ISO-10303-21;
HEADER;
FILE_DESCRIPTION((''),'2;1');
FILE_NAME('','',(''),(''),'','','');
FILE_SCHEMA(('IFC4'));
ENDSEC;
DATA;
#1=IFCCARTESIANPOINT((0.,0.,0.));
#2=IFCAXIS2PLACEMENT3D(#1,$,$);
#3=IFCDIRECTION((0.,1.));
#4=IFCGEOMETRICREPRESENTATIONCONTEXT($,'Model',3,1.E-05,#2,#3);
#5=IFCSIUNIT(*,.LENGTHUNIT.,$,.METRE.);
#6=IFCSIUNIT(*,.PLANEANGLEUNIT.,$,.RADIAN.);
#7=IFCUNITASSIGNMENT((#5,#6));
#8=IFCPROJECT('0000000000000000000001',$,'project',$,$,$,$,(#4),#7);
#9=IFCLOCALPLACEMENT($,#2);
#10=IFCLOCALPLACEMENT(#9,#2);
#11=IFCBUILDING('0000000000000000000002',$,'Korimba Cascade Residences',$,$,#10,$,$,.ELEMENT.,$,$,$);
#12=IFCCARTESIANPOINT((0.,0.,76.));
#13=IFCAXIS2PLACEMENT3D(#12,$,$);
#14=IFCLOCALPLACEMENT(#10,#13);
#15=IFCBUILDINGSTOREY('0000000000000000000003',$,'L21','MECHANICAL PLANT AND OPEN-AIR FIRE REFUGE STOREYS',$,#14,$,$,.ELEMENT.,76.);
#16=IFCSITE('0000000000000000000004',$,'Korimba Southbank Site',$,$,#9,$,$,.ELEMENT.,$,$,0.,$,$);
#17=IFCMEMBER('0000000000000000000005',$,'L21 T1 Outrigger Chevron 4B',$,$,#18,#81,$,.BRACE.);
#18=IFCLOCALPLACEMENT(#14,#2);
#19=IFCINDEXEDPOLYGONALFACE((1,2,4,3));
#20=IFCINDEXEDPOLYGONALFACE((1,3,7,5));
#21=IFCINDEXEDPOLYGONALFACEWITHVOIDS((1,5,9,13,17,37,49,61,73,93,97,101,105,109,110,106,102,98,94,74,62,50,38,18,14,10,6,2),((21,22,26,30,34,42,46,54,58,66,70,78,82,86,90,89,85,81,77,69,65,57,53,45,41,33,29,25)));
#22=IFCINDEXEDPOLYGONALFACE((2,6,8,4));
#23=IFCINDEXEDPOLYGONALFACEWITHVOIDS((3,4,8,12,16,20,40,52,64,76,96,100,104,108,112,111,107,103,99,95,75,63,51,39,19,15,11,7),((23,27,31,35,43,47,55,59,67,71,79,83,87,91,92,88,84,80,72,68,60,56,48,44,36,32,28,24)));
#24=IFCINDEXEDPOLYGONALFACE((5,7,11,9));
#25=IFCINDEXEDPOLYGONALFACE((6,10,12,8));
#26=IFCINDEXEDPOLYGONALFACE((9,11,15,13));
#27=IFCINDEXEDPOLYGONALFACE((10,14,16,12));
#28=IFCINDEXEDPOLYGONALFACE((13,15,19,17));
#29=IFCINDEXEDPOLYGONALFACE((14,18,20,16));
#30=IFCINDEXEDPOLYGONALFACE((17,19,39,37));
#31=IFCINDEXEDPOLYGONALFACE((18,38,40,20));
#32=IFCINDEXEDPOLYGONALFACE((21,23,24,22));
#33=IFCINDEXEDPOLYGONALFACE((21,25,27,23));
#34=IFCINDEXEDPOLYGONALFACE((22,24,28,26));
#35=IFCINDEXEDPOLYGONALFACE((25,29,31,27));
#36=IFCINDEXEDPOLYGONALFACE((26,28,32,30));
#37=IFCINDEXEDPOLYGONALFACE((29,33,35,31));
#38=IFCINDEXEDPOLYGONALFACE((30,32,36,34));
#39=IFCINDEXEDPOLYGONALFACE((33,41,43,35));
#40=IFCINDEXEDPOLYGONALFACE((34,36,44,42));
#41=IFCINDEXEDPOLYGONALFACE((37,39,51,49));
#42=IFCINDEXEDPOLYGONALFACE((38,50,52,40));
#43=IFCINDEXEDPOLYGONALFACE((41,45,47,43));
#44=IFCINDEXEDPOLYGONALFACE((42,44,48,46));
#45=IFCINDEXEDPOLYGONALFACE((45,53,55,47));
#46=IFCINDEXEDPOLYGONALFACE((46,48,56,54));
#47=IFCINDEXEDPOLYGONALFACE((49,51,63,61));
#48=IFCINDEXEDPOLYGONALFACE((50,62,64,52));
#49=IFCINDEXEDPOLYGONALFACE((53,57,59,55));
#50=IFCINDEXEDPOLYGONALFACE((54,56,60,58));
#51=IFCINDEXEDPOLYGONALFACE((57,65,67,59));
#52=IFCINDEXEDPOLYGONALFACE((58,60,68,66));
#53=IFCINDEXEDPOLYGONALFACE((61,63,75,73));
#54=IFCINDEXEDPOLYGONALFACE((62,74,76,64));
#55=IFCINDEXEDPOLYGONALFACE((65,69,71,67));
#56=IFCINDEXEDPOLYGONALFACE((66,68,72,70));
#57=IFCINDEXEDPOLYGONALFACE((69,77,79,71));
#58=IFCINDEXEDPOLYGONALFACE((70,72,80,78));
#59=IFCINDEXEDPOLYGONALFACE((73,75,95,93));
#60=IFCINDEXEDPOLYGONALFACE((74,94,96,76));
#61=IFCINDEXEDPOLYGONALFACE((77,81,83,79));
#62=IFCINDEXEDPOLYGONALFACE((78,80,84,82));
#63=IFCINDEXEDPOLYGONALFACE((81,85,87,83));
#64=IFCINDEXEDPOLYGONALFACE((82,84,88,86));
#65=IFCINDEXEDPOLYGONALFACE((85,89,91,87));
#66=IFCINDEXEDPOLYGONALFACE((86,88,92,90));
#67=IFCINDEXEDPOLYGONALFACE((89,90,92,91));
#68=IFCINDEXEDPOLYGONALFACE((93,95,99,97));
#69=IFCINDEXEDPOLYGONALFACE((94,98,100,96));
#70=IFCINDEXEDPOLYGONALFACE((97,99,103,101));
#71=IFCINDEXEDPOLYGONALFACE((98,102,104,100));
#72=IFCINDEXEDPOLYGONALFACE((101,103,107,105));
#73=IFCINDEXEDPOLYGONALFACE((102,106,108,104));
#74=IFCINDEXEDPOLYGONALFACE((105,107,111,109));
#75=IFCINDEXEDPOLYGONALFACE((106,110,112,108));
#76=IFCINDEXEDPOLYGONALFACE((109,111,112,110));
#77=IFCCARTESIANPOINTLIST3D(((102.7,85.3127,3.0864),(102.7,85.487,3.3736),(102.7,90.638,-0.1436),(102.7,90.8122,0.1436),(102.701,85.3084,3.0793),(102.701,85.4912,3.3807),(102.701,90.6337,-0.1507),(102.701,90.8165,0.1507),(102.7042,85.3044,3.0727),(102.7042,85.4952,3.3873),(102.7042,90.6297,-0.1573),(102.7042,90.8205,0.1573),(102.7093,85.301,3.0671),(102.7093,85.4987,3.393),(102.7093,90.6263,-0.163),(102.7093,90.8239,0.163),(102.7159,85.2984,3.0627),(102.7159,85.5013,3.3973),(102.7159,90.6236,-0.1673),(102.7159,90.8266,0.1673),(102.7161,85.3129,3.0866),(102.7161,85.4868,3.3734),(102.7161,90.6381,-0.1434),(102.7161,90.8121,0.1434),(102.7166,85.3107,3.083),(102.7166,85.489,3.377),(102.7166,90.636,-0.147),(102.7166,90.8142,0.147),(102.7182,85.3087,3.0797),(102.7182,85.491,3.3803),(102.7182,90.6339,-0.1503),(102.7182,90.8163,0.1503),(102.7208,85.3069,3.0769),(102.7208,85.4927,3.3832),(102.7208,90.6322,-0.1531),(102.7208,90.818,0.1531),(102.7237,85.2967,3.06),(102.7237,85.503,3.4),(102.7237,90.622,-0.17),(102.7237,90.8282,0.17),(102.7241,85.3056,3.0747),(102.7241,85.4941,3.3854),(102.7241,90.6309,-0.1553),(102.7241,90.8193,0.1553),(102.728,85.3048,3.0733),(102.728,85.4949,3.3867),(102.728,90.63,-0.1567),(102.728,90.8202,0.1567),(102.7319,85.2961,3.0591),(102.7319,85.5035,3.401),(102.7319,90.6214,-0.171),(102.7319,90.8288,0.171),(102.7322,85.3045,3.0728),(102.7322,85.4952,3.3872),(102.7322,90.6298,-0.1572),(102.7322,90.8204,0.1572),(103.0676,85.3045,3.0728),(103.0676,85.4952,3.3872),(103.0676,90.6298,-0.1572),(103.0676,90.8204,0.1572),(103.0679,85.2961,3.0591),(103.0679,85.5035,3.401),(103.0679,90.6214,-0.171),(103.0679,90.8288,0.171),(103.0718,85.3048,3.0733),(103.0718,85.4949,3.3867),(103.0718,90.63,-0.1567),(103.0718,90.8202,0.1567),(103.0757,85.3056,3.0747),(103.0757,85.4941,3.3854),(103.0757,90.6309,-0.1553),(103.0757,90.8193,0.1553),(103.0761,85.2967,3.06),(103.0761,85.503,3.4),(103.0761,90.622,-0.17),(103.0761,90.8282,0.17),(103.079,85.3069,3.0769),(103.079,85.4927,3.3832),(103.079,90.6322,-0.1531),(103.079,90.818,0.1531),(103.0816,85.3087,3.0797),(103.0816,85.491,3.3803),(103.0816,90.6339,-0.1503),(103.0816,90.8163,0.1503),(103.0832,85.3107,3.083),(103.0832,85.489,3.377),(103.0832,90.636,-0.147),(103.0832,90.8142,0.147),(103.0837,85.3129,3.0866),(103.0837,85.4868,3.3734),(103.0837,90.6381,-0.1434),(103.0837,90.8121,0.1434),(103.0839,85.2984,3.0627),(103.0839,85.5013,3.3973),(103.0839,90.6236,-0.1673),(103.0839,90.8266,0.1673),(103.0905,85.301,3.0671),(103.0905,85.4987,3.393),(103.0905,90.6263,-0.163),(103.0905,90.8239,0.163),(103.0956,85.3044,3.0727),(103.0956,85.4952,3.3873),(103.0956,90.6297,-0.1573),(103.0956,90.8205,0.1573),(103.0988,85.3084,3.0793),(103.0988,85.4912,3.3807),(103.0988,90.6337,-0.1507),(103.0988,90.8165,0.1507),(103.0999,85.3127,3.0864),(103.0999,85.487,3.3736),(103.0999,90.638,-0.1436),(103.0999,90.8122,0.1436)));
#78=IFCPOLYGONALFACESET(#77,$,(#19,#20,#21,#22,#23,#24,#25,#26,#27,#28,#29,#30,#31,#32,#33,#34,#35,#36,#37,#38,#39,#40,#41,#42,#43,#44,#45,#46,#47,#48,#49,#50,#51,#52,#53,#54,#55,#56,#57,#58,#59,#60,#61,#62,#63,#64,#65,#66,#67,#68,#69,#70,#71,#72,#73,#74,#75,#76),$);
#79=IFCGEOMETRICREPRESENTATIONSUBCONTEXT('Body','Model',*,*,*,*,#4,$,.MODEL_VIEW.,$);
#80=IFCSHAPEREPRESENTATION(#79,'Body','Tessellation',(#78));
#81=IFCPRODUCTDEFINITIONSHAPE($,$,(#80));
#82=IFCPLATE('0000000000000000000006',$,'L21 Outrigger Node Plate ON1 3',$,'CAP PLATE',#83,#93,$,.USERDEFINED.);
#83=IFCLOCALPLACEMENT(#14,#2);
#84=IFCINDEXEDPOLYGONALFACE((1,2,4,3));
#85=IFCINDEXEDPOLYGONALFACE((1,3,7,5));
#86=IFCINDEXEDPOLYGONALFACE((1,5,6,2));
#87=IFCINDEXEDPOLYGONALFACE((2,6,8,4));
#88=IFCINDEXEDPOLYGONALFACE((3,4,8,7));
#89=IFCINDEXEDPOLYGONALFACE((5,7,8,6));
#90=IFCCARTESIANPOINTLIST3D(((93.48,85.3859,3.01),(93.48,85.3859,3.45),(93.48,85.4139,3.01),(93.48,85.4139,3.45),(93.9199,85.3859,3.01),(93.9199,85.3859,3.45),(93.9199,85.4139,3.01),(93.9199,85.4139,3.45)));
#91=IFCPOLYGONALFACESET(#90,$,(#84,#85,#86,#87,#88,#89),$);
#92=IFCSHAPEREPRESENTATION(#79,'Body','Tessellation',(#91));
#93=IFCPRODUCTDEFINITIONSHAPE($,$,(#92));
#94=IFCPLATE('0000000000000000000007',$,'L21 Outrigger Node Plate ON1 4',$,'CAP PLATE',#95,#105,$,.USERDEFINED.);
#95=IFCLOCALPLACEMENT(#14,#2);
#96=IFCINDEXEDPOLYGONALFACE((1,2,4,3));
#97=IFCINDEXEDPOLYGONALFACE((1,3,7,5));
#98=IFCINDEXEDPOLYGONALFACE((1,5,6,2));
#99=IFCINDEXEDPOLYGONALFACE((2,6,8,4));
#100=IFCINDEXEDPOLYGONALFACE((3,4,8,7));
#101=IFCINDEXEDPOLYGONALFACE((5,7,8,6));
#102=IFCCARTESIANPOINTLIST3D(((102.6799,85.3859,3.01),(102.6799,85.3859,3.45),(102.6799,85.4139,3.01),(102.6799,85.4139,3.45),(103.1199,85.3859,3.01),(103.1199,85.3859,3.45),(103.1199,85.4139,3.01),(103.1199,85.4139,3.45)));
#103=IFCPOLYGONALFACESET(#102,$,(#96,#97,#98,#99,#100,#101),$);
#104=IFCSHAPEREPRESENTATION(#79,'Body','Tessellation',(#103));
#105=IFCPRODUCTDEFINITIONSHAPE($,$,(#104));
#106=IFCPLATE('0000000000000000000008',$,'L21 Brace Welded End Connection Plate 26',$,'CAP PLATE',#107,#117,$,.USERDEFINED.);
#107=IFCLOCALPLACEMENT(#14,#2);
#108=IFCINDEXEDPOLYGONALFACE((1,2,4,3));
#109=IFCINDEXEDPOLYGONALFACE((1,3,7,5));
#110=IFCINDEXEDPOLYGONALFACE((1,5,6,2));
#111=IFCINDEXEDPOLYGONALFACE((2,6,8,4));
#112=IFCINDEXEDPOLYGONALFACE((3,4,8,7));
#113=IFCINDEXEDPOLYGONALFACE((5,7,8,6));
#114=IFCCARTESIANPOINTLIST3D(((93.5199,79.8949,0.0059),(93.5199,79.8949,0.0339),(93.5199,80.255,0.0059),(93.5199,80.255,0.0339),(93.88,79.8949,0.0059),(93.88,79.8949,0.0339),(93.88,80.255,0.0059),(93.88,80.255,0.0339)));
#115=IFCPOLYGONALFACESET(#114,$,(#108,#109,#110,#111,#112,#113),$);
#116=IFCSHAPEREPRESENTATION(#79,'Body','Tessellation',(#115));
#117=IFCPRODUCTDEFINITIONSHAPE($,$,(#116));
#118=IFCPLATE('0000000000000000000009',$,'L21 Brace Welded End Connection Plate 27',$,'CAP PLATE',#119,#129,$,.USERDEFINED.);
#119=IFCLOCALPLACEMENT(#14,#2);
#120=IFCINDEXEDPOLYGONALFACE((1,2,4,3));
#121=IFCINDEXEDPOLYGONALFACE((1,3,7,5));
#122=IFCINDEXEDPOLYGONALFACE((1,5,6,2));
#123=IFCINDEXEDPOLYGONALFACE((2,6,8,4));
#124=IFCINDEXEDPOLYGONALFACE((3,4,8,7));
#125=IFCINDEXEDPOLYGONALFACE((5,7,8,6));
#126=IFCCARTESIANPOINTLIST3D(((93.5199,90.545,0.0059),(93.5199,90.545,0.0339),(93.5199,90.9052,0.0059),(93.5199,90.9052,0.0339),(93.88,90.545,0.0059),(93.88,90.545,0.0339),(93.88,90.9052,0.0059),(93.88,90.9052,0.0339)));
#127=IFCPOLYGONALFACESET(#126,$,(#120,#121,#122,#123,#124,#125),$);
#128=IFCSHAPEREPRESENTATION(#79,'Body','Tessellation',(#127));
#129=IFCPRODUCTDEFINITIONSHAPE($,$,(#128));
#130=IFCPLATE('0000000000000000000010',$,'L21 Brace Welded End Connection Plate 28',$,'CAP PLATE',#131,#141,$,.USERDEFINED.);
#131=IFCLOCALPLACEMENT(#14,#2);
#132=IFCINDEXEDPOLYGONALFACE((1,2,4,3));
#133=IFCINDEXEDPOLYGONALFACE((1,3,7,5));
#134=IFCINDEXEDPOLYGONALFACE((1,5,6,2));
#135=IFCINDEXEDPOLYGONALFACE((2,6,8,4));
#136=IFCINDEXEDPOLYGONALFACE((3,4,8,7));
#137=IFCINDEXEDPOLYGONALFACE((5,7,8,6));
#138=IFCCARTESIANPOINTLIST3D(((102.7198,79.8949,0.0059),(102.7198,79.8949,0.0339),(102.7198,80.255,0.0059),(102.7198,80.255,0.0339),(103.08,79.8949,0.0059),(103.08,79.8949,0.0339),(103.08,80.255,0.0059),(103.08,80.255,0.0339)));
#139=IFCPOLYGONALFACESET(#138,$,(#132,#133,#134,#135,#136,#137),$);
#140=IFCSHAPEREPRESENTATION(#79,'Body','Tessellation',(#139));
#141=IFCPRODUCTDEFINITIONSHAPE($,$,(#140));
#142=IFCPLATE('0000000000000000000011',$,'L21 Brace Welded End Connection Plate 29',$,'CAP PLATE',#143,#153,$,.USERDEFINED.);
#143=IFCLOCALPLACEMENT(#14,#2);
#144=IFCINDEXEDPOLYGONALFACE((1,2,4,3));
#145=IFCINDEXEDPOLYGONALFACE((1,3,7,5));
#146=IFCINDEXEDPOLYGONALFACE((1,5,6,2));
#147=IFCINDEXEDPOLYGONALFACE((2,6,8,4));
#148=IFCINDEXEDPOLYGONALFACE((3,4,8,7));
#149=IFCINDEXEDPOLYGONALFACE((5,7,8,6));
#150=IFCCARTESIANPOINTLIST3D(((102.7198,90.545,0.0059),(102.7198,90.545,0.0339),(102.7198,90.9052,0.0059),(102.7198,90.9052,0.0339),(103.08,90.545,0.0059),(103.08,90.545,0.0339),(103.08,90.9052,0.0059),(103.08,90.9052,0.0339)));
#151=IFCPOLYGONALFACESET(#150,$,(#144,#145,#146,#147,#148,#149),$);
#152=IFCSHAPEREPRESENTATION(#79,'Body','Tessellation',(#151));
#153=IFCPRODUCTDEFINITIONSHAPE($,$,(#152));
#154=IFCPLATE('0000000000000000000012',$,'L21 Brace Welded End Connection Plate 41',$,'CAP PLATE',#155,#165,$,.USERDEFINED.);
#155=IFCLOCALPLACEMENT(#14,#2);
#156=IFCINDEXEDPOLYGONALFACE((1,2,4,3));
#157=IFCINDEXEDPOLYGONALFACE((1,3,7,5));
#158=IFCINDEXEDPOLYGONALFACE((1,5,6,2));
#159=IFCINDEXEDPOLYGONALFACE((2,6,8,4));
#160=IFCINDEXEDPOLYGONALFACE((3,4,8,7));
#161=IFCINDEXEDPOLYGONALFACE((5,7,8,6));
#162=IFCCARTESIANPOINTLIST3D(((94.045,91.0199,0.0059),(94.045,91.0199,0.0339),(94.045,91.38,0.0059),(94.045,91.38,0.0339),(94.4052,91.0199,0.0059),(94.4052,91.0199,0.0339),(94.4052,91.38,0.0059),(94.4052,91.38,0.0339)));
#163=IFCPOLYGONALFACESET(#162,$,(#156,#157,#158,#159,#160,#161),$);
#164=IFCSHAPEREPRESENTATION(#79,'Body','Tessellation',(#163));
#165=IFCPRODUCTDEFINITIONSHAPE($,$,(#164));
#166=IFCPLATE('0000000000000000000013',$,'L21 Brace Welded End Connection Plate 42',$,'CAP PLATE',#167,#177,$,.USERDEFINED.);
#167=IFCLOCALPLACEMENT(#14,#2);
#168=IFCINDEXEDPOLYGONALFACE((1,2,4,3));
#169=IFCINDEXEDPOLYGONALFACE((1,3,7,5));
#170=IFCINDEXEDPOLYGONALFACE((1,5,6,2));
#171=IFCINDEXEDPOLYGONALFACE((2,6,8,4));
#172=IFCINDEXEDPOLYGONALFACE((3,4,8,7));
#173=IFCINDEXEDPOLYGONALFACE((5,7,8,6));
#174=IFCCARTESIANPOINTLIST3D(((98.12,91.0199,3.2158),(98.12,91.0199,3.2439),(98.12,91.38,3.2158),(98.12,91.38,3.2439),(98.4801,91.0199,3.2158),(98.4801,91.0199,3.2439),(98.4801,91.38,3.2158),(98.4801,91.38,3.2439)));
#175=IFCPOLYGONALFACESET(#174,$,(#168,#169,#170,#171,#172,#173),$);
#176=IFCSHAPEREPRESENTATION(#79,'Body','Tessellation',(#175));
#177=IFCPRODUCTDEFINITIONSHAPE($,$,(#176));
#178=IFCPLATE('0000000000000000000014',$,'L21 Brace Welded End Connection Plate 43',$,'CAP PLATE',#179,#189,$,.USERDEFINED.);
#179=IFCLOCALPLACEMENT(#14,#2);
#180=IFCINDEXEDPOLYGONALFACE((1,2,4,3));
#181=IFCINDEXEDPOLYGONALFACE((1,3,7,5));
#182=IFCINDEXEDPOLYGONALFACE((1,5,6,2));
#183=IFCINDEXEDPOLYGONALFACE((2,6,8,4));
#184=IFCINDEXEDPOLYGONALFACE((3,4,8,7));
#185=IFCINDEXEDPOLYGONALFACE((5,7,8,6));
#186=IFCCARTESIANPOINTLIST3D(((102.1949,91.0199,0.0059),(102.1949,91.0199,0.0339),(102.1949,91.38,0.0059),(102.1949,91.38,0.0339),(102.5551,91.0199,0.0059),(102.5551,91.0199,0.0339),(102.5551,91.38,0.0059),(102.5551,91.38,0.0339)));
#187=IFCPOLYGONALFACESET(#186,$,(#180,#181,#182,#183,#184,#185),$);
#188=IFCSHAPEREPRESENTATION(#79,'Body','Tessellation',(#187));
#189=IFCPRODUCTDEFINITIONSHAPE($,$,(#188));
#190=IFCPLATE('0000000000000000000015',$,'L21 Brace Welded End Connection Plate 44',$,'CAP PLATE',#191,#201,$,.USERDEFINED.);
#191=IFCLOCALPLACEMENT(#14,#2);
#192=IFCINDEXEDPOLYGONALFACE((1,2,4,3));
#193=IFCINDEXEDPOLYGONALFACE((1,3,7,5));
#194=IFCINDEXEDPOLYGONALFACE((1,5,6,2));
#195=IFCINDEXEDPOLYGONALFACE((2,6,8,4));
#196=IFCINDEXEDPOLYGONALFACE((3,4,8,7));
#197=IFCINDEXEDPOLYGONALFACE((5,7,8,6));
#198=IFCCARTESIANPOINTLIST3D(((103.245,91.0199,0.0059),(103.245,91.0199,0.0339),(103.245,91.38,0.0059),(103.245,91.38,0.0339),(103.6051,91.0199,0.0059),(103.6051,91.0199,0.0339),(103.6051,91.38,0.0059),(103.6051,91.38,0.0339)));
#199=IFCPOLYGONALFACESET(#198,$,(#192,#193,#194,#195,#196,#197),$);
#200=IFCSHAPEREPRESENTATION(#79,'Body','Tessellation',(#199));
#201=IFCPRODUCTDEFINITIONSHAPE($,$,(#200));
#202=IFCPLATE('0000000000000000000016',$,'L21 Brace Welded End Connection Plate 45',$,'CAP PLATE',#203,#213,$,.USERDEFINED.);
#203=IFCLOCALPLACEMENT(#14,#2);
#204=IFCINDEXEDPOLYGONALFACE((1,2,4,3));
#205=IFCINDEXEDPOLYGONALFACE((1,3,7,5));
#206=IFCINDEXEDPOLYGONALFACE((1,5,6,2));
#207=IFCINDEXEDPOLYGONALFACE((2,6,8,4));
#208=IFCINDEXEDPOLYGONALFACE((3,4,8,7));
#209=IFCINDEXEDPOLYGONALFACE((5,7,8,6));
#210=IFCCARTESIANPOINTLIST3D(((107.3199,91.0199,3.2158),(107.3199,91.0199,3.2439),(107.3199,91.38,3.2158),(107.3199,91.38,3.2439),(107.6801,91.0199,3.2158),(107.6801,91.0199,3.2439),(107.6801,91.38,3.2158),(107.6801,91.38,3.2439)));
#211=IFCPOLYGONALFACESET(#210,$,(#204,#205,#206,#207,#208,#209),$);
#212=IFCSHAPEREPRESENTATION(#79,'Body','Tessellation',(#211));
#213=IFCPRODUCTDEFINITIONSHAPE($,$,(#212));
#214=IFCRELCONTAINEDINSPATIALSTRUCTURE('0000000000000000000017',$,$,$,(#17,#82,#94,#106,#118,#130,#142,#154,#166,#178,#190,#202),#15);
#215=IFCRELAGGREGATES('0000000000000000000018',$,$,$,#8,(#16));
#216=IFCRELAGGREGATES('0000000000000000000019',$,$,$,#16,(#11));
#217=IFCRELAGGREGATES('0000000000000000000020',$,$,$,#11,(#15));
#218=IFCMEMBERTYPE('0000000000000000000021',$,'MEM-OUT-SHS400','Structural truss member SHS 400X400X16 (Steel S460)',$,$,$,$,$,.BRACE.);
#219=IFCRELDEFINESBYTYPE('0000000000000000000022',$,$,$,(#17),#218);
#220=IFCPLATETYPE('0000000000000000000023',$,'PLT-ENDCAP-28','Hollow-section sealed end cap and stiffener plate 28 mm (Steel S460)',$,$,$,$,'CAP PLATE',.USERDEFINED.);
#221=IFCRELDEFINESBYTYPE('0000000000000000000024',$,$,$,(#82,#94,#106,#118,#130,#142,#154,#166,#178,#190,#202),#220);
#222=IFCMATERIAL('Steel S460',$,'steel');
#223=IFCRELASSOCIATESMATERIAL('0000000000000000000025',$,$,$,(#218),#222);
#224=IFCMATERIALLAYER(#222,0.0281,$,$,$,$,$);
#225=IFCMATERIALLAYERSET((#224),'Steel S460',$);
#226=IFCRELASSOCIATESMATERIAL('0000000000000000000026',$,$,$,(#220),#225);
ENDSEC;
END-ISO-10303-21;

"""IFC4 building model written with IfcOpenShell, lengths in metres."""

from ifc_helpers import new_model, si_unit, direction, frame, origin, origin_2d, place, context, subcontext, project, spatial, rectangle, hollow_rectangle, extrude, material, layer, layer_set, material_profile, profile_set, type_object, element, save


model = new_model("IFC4")

# Units and contexts
model_context = context("Model", 3, precision=1e-05, world=origin(), true_north=direction((0.0, 1.0)))
body_context = subcontext(model_context, "Body", "Model", "MODEL_VIEW")
ifc_project = project(units=[si_unit("LENGTHUNIT", "METRE"), si_unit("PLANEANGLEUNIT", "RADIAN")], contexts=[model_context])

# Site, building, storey
site_placement = place(None, origin())
site = spatial("IfcSite", under=ifc_project, at=site_placement, Name="Korimba Southbank Site", CompositionType="ELEMENT", RefElevation=0.0)
building_placement = place(site_placement, origin())
building = spatial("IfcBuilding", under=site, at=building_placement, Name="Korimba Cascade Residences", CompositionType="ELEMENT")
storey_placement = place(building_placement, frame((0.0, 0.0, 76.0)))
storey = spatial("IfcBuildingStorey", under=building, at=storey_placement, Name="L21", Description="MECHANICAL PLANT AND OPEN-AIR FIRE REFUGE STOREYS", CompositionType="ELEMENT", Elevation=76.0)

# Member
ifc_material_1 = material(Name="Steel S460", Category="steel")
ifc_material_profile_1 = material_profile(ifc_material_1, hollow_rectangle(XDim=0.3999, YDim=0.3999, WallThickness=0.0161, InnerFilletRadius=0.0161, OuterFilletRadius=0.032, at=origin_2d()), Name="Steel S460")
ifc_profile_set_1 = profile_set([ifc_material_profile_1], Name="Steel S460")
member_type_1 = type_object("IfcMemberType", Name="MEM-OUT-SHS400", Description="Structural truss member SHS 400X400X16 (Steel S460)", PredefinedType="BRACE", material=ifc_profile_set_1)
for number, where, z_axis, x_axis, name in (
    (1, (102.8999, 90.7251, 0.0), (0.0, -0.855013, 0.518606), (1.0, 0.0, 0.0), "L21 T1 Outrigger Chevron 4B"),
):
    element("IfcMember", number, at=place(storey_placement, frame(where, z_axis=z_axis, x_axis=x_axis)), inside=storey, type_object=member_type_1, Name=name, PredefinedType="BRACE", context=body_context, shape_type="SweptSolid", body=[
        extrude(hollow_rectangle(XDim=0.3999, YDim=0.3999, WallThickness=0.0161, InnerFilletRadius=0.0161, OuterFilletRadius=0.032, at=origin_2d()), origin(), (0.0, 0.0, 1.0), 6.2283),
    ])

# Plates
ifc_layer = layer(ifc_material_1, 0.0281)
ifc_layer_set = layer_set([ifc_layer], Name="Steel S460")
plate_type = type_object("IfcPlateType", Name="PLT-ENDCAP-28", Description="Hollow-section sealed end cap and stiffener plate 28 mm (Steel S460)", ElementType="CAP PLATE", PredefinedType="USERDEFINED", material=ifc_layer_set)
for number, where, z_axis, x_axis, name in (
    (2, (93.7, 85.3999, 3.01), (0.0, 0.0, 1.0), (1.0, 0.0, 0.0), "L21 Outrigger Node Plate ON1 3"),
    (3, (102.8999, 85.3999, 3.01), (0.0, 0.0, 1.0), (1.0, 0.0, 0.0), "L21 Outrigger Node Plate ON1 4"),
):
    element("IfcPlate", number, at=place(storey_placement, frame(where, z_axis=z_axis, x_axis=x_axis)), inside=storey, type_object=plate_type, Name=name, ObjectType="CAP PLATE", PredefinedType="USERDEFINED", context=body_context, shape_type="SweptSolid", body=[
        extrude(rectangle(XDim=0.4399, YDim=0.0281, at=origin_2d()), origin(), (0.0, 0.0, 1.0), 0.4399),
    ])
for number, where, z_axis, x_axis, name in (
    (4, (93.7, 80.075, 0.0059), (0.0, 0.0, 1.0), (1.0, 0.0, 0.0), "L21 Brace Welded End Connection Plate 26"),
    (5, (93.7, 90.7251, 0.0059), (0.0, 0.0, 1.0), (1.0, 0.0, 0.0), "L21 Brace Welded End Connection Plate 27"),
    (6, (102.8999, 80.075, 0.0059), (0.0, 0.0, 1.0), (1.0, 0.0, 0.0), "L21 Brace Welded End Connection Plate 28"),
    (7, (102.8999, 90.7251, 0.0059), (0.0, 0.0, 1.0), (1.0, 0.0, 0.0), "L21 Brace Welded End Connection Plate 29"),
    (8, (94.2251, 91.2, 0.0059), (0.0, 0.0, 1.0), (1.0, 0.0, 0.0), "L21 Brace Welded End Connection Plate 41"),
    (9, (98.3, 91.2, 3.2158), (0.0, 0.0, 1.0), (1.0, 0.0, 0.0), "L21 Brace Welded End Connection Plate 42"),
    (10, (102.375, 91.2, 0.0059), (0.0, 0.0, 1.0), (1.0, 0.0, 0.0), "L21 Brace Welded End Connection Plate 43"),
    (11, (103.425, 91.2, 0.0059), (0.0, 0.0, 1.0), (1.0, 0.0, 0.0), "L21 Brace Welded End Connection Plate 44"),
    (12, (107.5, 91.2, 3.2158), (0.0, 0.0, 1.0), (1.0, 0.0, 0.0), "L21 Brace Welded End Connection Plate 45"),
):
    element("IfcPlate", number, at=place(storey_placement, frame(where, z_axis=z_axis, x_axis=x_axis)), inside=storey, type_object=plate_type, Name=name, ObjectType="CAP PLATE", PredefinedType="USERDEFINED", context=body_context, shape_type="SweptSolid", body=[
        extrude(rectangle(XDim=0.3601, YDim=0.3601, at=origin_2d()), origin(), (0.0, 0.0, 1.0), 0.0281),
    ])

save(model, "model.ifc")
